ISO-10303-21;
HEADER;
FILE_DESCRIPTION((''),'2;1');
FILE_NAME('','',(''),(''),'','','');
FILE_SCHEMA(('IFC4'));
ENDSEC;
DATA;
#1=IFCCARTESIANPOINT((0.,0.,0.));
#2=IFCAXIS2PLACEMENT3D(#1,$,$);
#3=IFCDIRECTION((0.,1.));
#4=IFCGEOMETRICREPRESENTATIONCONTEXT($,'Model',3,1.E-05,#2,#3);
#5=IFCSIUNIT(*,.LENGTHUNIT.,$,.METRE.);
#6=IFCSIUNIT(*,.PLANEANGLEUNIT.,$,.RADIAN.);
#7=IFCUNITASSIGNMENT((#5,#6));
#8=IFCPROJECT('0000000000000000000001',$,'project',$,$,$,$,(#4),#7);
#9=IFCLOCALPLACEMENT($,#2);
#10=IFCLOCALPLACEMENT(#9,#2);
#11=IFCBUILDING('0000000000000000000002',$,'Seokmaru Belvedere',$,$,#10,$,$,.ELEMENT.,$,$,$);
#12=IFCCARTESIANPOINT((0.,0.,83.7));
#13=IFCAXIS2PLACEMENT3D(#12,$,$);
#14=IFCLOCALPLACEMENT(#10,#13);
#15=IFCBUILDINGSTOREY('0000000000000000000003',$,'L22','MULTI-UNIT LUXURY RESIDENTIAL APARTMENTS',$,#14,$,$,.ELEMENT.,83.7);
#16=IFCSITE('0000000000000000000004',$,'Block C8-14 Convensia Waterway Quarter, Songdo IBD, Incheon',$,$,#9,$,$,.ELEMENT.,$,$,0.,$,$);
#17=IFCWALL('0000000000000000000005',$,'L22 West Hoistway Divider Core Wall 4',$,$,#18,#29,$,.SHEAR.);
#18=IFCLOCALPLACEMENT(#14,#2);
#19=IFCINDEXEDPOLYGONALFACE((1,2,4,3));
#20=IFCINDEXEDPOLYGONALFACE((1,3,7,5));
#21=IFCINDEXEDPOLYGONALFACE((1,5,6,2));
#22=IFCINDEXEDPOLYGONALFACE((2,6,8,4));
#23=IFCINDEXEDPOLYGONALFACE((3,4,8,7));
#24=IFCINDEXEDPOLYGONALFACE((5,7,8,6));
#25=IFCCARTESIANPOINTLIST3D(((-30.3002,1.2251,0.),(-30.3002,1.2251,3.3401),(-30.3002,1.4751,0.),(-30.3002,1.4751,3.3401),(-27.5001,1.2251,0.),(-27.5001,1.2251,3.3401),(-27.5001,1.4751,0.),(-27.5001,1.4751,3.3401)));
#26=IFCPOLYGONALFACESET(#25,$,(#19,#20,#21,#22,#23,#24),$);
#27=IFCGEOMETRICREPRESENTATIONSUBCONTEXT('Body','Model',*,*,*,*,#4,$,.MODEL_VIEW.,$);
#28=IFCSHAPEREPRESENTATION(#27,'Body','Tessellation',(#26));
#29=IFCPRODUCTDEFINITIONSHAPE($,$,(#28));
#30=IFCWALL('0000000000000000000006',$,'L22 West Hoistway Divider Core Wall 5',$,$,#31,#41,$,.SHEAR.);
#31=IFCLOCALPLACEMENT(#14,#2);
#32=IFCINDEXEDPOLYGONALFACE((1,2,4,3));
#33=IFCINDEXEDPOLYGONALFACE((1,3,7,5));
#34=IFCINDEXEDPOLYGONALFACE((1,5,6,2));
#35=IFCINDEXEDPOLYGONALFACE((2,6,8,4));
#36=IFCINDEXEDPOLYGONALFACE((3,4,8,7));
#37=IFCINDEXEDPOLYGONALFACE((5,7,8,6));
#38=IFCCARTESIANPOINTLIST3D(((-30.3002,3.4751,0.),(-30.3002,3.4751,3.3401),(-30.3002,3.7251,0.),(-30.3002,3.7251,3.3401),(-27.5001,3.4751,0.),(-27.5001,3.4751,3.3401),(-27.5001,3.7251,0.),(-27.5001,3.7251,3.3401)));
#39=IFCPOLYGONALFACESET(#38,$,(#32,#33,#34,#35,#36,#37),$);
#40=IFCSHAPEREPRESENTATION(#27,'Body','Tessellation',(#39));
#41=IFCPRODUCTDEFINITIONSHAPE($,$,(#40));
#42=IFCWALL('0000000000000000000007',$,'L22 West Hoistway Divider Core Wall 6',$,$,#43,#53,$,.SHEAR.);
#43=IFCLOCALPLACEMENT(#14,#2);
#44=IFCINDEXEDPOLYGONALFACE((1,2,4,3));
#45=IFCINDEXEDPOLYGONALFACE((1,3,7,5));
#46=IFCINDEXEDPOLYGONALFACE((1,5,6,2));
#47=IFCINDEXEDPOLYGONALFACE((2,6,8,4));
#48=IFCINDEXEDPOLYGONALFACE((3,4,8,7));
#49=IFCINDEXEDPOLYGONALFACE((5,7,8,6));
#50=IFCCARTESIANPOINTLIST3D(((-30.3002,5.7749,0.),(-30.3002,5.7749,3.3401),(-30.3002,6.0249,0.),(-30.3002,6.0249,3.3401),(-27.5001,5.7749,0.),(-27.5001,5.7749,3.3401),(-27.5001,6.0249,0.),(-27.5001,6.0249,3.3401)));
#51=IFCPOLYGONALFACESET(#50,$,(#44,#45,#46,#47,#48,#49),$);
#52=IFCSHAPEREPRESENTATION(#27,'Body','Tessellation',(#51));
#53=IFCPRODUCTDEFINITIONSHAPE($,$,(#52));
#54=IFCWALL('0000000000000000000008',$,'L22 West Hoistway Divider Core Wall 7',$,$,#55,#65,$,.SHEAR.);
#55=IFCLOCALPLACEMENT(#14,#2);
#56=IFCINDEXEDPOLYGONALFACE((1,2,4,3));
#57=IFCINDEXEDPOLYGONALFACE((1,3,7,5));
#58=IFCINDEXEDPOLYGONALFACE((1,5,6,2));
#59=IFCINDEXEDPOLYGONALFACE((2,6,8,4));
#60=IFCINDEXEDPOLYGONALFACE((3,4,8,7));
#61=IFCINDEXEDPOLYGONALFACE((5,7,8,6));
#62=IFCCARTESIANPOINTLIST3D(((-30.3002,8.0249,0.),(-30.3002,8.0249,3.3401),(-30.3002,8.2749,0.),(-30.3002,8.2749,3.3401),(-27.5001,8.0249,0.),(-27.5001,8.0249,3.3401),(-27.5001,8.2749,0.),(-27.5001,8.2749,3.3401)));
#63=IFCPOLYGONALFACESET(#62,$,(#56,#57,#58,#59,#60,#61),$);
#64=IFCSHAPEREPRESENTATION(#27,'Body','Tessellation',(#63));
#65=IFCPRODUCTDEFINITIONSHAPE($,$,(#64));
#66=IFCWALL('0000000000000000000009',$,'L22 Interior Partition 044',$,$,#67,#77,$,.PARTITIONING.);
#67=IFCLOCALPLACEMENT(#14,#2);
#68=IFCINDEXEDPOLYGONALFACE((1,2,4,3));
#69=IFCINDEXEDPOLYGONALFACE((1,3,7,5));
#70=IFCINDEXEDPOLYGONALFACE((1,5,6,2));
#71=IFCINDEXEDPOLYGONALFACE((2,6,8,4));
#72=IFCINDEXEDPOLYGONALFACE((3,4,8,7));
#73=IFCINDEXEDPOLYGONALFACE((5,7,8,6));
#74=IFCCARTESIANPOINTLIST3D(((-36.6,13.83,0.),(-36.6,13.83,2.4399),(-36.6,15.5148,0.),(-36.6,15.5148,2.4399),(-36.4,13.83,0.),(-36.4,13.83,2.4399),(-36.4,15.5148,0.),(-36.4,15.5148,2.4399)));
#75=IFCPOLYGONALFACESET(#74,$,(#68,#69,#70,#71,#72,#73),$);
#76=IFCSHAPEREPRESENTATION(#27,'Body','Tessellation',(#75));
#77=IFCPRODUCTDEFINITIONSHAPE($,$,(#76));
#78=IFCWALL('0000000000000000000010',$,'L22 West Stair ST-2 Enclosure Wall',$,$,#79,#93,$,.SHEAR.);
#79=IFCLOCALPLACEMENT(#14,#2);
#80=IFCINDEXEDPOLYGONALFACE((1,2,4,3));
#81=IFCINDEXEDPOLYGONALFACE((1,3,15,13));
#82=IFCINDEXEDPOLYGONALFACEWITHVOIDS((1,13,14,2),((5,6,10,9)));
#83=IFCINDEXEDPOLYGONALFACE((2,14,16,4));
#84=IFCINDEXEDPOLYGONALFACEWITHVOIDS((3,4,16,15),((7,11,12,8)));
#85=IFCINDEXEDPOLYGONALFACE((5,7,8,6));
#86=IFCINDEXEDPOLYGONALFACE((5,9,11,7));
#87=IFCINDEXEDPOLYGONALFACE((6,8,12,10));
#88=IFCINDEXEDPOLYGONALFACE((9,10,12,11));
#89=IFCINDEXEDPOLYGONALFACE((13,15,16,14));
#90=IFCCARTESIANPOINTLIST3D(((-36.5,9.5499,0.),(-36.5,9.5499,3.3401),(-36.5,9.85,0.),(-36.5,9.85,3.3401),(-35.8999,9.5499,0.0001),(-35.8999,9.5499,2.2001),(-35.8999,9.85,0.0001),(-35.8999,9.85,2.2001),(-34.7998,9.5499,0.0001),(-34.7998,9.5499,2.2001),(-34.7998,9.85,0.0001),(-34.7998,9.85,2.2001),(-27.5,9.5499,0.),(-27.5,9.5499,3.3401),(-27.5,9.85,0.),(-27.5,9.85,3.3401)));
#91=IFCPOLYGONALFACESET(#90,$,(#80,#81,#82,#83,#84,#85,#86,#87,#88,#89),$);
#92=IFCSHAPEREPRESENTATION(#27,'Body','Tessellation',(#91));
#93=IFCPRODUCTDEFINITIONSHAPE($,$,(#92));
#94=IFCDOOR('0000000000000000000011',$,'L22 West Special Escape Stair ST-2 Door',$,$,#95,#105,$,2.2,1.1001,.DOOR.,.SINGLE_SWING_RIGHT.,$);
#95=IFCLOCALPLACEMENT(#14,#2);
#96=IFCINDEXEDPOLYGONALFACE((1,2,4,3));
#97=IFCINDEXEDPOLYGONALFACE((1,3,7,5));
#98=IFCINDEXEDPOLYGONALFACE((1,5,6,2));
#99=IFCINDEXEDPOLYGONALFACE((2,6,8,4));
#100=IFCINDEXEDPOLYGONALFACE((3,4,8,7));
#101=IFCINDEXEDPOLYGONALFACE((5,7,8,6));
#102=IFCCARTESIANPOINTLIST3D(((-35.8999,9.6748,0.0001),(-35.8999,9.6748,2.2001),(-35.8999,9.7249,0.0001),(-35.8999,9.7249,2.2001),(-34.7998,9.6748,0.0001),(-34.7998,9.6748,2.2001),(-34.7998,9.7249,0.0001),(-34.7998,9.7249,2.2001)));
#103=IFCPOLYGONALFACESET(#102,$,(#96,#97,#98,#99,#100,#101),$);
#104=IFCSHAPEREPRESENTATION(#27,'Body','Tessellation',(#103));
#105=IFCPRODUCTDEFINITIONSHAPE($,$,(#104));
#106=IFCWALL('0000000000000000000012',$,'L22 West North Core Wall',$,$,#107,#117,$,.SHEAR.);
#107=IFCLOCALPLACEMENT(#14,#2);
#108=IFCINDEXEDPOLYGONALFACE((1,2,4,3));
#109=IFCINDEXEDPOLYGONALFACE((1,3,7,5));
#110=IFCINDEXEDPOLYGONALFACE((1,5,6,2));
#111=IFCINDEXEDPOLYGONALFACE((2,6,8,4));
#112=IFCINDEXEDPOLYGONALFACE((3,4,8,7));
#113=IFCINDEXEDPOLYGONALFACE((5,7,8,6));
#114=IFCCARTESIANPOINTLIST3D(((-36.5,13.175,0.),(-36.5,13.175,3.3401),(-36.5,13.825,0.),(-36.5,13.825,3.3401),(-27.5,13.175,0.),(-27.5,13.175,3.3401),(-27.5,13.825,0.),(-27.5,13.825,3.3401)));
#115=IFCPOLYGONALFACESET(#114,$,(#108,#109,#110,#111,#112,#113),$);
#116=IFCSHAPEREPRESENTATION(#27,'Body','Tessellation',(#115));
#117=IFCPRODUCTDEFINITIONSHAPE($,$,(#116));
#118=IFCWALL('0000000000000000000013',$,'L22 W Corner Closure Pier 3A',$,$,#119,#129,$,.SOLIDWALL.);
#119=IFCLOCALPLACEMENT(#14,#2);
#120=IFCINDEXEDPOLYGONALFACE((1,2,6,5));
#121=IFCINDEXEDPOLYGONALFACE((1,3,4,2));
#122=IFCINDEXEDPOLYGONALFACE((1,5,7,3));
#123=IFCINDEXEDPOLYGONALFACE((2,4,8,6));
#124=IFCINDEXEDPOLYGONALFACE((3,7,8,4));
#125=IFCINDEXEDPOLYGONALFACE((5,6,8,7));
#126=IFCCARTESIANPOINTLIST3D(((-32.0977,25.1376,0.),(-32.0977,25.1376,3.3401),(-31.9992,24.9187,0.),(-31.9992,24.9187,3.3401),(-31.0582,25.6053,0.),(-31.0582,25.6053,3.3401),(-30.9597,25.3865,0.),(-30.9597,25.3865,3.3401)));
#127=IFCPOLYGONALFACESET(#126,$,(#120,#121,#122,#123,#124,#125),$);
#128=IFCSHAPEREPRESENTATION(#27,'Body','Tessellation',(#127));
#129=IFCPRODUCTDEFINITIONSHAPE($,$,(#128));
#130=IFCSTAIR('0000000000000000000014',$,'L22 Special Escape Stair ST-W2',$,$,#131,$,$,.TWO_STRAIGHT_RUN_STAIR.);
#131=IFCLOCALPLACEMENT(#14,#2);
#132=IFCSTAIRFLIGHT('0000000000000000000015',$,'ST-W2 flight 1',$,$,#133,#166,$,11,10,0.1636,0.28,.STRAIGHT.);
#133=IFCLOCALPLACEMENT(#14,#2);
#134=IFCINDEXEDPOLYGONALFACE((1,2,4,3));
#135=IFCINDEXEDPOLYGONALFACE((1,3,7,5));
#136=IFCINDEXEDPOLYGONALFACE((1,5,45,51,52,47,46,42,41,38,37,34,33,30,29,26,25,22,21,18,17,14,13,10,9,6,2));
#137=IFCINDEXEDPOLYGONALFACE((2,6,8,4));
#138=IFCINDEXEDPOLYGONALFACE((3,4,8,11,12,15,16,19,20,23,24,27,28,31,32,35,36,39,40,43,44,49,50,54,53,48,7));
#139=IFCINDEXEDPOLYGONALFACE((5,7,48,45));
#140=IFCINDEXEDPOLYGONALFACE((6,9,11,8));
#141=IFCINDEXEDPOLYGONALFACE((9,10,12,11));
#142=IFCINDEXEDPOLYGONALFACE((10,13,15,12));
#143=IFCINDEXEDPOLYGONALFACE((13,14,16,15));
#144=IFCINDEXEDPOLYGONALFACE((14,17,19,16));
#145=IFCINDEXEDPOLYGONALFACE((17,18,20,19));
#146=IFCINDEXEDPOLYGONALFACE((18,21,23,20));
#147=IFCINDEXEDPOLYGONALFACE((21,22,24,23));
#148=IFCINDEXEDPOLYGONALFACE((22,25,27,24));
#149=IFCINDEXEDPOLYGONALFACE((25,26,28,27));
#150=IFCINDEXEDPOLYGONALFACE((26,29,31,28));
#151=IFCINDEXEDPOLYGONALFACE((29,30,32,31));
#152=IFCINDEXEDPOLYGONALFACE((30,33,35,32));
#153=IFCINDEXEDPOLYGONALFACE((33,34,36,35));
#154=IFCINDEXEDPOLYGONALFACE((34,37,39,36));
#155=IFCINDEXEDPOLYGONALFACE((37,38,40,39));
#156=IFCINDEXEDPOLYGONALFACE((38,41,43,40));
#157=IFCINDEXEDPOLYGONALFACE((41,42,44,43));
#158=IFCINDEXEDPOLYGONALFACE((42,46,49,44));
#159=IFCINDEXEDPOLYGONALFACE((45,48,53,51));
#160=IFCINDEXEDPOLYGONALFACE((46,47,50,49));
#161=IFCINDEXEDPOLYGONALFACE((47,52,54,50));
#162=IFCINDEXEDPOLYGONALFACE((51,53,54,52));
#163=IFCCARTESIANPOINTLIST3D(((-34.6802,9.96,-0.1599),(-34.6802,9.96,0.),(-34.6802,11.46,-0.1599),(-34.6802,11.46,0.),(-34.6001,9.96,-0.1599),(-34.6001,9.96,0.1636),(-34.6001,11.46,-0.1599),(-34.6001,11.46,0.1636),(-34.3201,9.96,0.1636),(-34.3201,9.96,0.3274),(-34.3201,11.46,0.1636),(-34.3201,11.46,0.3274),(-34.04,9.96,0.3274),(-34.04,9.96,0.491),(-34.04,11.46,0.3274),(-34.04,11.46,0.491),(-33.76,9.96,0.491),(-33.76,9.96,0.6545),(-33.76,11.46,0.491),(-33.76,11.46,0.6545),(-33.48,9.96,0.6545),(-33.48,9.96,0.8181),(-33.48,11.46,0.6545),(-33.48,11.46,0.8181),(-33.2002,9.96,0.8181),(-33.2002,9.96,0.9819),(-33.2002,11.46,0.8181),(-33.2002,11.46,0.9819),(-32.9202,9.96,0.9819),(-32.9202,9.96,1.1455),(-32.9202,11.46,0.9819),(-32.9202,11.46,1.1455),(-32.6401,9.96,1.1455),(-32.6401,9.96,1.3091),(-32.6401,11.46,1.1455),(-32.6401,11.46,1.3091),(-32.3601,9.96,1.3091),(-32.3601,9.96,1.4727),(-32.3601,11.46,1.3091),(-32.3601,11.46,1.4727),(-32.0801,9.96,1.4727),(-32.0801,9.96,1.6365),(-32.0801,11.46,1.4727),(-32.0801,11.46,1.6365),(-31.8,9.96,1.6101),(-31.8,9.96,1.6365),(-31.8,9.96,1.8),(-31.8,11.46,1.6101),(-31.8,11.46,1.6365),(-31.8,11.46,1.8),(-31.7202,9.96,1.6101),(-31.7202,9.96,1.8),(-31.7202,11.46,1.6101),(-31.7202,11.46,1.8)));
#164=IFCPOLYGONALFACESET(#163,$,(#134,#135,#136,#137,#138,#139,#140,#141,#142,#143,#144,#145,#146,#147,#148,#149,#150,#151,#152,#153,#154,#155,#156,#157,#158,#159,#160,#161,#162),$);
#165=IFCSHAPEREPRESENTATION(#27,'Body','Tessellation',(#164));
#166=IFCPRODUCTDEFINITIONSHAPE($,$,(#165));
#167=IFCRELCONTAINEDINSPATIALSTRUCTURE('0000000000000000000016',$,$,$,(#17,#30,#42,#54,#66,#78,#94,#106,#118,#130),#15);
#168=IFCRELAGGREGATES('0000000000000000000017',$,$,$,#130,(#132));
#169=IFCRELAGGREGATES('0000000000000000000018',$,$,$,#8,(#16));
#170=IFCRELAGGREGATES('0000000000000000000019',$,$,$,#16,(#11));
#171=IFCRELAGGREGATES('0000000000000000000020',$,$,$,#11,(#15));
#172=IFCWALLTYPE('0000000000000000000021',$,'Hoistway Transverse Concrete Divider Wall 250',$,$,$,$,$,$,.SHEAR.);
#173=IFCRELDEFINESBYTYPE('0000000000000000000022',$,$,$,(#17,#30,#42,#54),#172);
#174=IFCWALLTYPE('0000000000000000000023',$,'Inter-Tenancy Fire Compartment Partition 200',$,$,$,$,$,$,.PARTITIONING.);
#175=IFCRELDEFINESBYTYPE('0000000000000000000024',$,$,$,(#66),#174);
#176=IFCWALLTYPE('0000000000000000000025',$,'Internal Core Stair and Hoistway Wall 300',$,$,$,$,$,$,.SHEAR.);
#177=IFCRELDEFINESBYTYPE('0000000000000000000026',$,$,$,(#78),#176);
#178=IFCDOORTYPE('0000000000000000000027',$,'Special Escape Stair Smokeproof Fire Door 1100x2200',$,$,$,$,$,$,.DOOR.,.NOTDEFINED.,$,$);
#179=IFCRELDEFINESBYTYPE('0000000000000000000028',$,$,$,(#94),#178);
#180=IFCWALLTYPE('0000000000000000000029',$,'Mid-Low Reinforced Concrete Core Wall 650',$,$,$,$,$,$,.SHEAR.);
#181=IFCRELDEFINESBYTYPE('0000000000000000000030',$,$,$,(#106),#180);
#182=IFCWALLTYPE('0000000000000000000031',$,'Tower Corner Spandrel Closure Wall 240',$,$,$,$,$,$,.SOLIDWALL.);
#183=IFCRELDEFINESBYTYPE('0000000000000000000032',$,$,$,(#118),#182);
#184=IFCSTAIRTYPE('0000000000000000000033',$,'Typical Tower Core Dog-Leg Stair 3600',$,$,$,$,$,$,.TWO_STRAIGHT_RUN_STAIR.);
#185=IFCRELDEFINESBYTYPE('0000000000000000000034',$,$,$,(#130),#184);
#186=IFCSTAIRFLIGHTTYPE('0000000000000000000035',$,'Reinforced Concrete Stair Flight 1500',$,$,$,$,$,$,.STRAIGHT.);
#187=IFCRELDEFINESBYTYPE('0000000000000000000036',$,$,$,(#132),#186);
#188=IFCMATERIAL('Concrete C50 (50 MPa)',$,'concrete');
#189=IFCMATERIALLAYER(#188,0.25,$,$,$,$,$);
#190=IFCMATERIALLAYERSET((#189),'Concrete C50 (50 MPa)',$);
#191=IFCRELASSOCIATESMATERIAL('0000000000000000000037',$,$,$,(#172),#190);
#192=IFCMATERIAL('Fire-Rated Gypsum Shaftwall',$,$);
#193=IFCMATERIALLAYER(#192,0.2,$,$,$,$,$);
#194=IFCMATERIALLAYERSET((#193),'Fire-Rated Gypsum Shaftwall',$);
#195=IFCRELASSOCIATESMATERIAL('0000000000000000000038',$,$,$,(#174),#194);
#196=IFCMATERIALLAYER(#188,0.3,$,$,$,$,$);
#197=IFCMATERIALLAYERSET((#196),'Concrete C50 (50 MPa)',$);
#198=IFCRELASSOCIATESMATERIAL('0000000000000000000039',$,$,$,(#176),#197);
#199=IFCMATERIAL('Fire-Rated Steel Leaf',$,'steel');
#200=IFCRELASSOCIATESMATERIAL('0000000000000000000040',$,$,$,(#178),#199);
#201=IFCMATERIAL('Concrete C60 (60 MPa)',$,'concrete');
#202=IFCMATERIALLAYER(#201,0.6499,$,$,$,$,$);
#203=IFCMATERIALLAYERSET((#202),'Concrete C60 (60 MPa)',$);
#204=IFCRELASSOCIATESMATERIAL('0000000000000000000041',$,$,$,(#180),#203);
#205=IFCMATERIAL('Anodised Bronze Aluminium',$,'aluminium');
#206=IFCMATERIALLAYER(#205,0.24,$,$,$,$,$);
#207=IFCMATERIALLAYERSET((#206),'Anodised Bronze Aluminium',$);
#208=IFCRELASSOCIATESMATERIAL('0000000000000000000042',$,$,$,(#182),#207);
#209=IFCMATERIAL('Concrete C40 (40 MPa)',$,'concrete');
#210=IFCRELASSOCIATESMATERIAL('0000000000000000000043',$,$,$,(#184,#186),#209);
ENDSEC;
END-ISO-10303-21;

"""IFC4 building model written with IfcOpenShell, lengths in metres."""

from ifc_helpers import new_model, si_unit, direction, frame, frame_2d, origin, place, context, subcontext, project, spatial, polyline, rectangle, outline, extrude, source, transform, mapped, material, layer, layer_set, type_object, type_shapes, element, fill, aggregate, save


model = new_model("IFC4")

# Units and contexts
model_context = context("Model", 3, precision=1e-05, world=origin(), true_north=direction((0.0, 1.0)))
body_context = subcontext(model_context, "Body", "Model", "MODEL_VIEW")
ifc_project = project(units=[si_unit("LENGTHUNIT", "METRE"), si_unit("PLANEANGLEUNIT", "RADIAN")], contexts=[model_context])

# Site, building, storey
site_placement = place(None, origin())
site = spatial("IfcSite", under=ifc_project, at=site_placement, Name="Block C8-14 Convensia Waterway Quarter, Songdo IBD, Incheon", CompositionType="ELEMENT", RefElevation=0.0)
building_placement = place(site_placement, origin())
building = spatial("IfcBuilding", under=site, at=building_placement, Name="Seokmaru Belvedere", CompositionType="ELEMENT")
storey_placement = place(building_placement, frame((0.0, 0.0, 83.7)))
storey = spatial("IfcBuildingStorey", under=building, at=storey_placement, Name="L22", Description="MULTI-UNIT LUXURY RESIDENTIAL APARTMENTS", CompositionType="ELEMENT", Elevation=83.7)

# Shared definitions
ifc_material_1 = material(Name="Anodised Bronze Aluminium", Category="aluminium")

# Shared definitions
ifc_material_2 = material(Name="Fire-Rated Gypsum Shaftwall")

# Shared definitions
ifc_material_3 = material(Name="Fire-Rated Steel Leaf", Category="steel")

# Walls
ifc_material_4 = material(Name="Concrete C50 (50 MPa)", Category="concrete")
ifc_layer_1 = layer(ifc_material_4, 0.25)
ifc_layer_set_1 = layer_set([ifc_layer_1], Name="Concrete C50 (50 MPa)")
wall_type_1 = type_object("IfcWallType", Name="Hoistway Transverse Concrete Divider Wall 250", PredefinedType="SHEAR", material=ifc_layer_set_1)
for number, where, z_axis, x_axis, name in (
    (1, (-30.3, 1.3501, 0.0), (0.0, 0.0, 1.0), (1.0, 0.0, 0.0), "L22 West Hoistway Divider Core Wall 4"),
    (2, (-30.3, 3.6001, 0.0), (0.0, 0.0, 1.0), (1.0, 0.0, 0.0), "L22 West Hoistway Divider Core Wall 5"),
    (3, (-30.3, 5.8999, 0.0), (0.0, 0.0, 1.0), (1.0, 0.0, 0.0), "L22 West Hoistway Divider Core Wall 6"),
    (4, (-30.3, 8.1499, 0.0), (0.0, 0.0, 1.0), (1.0, 0.0, 0.0), "L22 West Hoistway Divider Core Wall 7"),
):
    element("IfcWall", number, at=place(storey_placement, frame(where, z_axis=z_axis, x_axis=x_axis)), inside=storey, type_object=wall_type_1, Name=name, PredefinedType="SHEAR", context=body_context, shape_type="SweptSolid", body=[
        extrude(rectangle(XDim=2.8, YDim=0.25, at=frame_2d((1.3999, 0.0))), origin(), (0.0, 0.0, 1.0), 3.3401),
    ])
ifc_layer_2 = layer(ifc_material_2, 0.2)
ifc_layer_set_2 = layer_set([ifc_layer_2], Name="Fire-Rated Gypsum Shaftwall")
wall_type_2 = type_object("IfcWallType", Name="Inter-Tenancy Fire Compartment Partition 200", PredefinedType="PARTITIONING", material=ifc_layer_set_2)
wall_1_placement = place(storey_placement, frame((-36.5, 13.8301, 0.0), z_axis=(0.0, 0.0, 1.0), x_axis=(0.0, 1.0, 0.0)))
element("IfcWall", 5, at=wall_1_placement, inside=storey, type_object=wall_type_2, Name="L22 Interior Partition 044", PredefinedType="PARTITIONING", context=body_context, shape_type="SweptSolid", body=[
    extrude(rectangle(XDim=1.6848, YDim=0.2, at=frame_2d((0.8423, 0.0))), origin(), (0.0, 0.0, 1.0), 2.4399),
])

# Wall, opening, door
ifc_layer_3 = layer(ifc_material_4, 0.3)
ifc_layer_set_3 = layer_set([ifc_layer_3], Name="Concrete C50 (50 MPa)")
wall_type_3 = type_object("IfcWallType", Name="Internal Core Stair and Hoistway Wall 300", PredefinedType="SHEAR", material=ifc_layer_set_3)
wall_2_placement = place(storey_placement, frame((-36.5, 9.7, 0.0), z_axis=(0.0, 0.0, 1.0), x_axis=(1.0, 0.0, 0.0)))
wall_2 = element("IfcWall", 6, at=wall_2_placement, inside=storey, type_object=wall_type_3, Name="L22 West Stair ST-2 Enclosure Wall", PredefinedType="SHEAR", context=body_context, shape_type="SweptSolid", body=[
    extrude(rectangle(XDim=9.0, YDim=0.3, at=frame_2d((4.5, 0.0))), origin(), (0.0, 0.0, 1.0), 3.3401),
])
opening_1_placement = place(wall_2_placement, frame((0.6001, 0.0, 0.0)))
opening_1 = element("IfcOpeningElement", 7, at=opening_1_placement, cuts=wall_2, PredefinedType="OPENING", context=body_context, shape_type="SweptSolid", body=[
    extrude(rectangle(XDim=1.1001, YDim=2.2, at=frame_2d((0.55, 1.1001))), frame((0.0, 0.1602, 0.0), z_axis=(0.0, -1.0, 0.0), x_axis=(1.0, 0.0, 0.0)), (0.0, 0.0, 1.0), 0.3201),
])
door_type_1 = type_object("IfcDoorType", Name="Special Escape Stair Smokeproof Fire Door 1100x2200", OperationType="NOTDEFINED", PredefinedType="DOOR", material=ifc_material_3)
shared_shape_1 = source(origin(), body_context, "Body", "SweptSolid", [
    extrude(rectangle(XDim=1.1001, YDim=2.2, at=frame_2d((0.55, 1.1001))), frame((0.0, 0.0249, 0.0), z_axis=(0.0, -1.0, 0.0), x_axis=(1.0, 0.0, 0.0)), (0.0, 0.0, 1.0), 0.05),
])
type_shapes(door_type_1, [shared_shape_1])
door_1_placement = place(opening_1_placement, origin())
door_1 = element("IfcDoor", 8, at=door_1_placement, inside=storey, type_object=door_type_1, Name="L22 West Special Escape Stair ST-2 Door", OperationType="SINGLE_SWING_RIGHT", OverallHeight=2.2, OverallWidth=1.1001, PredefinedType="DOOR", context=body_context, shape_type="MappedRepresentation", body=[
    mapped(shared_shape_1, transform((0.0, 0.0, 0.0), scale=1.0)),
])
fill(opening_1, door_1)

# Wall
ifc_material_5 = material(Name="Concrete C60 (60 MPa)", Category="concrete")
ifc_layer_4 = layer(ifc_material_5, 0.6499)
ifc_layer_set_4 = layer_set([ifc_layer_4], Name="Concrete C60 (60 MPa)")
wall_type_4 = type_object("IfcWallType", Name="Mid-Low Reinforced Concrete Core Wall 650", PredefinedType="SHEAR", material=ifc_layer_set_4)
wall_3_placement = place(storey_placement, frame((-36.5, 13.5, 0.0), z_axis=(0.0, 0.0, 1.0), x_axis=(1.0, 0.0, 0.0)))
element("IfcWall", 9, at=wall_3_placement, inside=storey, type_object=wall_type_4, Name="L22 West North Core Wall", PredefinedType="SHEAR", context=body_context, shape_type="SweptSolid", body=[
    extrude(rectangle(XDim=9.0, YDim=0.6499, at=frame_2d((4.5, 0.0))), origin(), (0.0, 0.0, 1.0), 3.3401),
])

# Wall
ifc_layer_5 = layer(ifc_material_1, 0.24)
ifc_layer_set_5 = layer_set([ifc_layer_5], Name="Anodised Bronze Aluminium")
wall_type_5 = type_object("IfcWallType", Name="Tower Corner Spandrel Closure Wall 240", PredefinedType="SOLIDWALL", material=ifc_layer_set_5)
wall_4_placement = place(storey_placement, frame((-31.009, 25.4958, 0.0), z_axis=(0.0, 0.0, 1.0), x_axis=(-0.91193, -0.410347, 0.0)))
element("IfcWall", 10, at=wall_4_placement, inside=storey, type_object=wall_type_5, Name="L22 W Corner Closure Pier 3A", PredefinedType="SOLIDWALL", context=body_context, shape_type="SweptSolid", body=[
    extrude(rectangle(XDim=1.1399, YDim=0.24, at=frame_2d((0.5698, 0.0))), origin(), (0.0, 0.0, 1.0), 3.3401),
])

# Stair, stair flight
ifc_material_6 = material(Name="Concrete C40 (40 MPa)", Category="concrete")
stair_type = type_object("IfcStairType", Name="Typical Tower Core Dog-Leg Stair 3600", PredefinedType="TWO_STRAIGHT_RUN_STAIR", material=ifc_material_6)
stair_placement = place(storey_placement, origin())
stair = element("IfcStair", 11, at=stair_placement, inside=storey, type_object=stair_type, Name="L22 Special Escape Stair ST-W2", PredefinedType="TWO_STRAIGHT_RUN_STAIR")
stair_flight_type = type_object("IfcStairFlightType", Name="Reinforced Concrete Stair Flight 1500", PredefinedType="STRAIGHT", material=ifc_material_6)
stair_flight_1_placement = place(storey_placement, frame((-34.6001, 10.71, 0.0), z_axis=(0.0, 0.0, 1.0), x_axis=(1.0, 0.0, 0.0)))
stair_flight_1 = element("IfcStairFlight", 12, at=stair_flight_1_placement, type_object=stair_flight_type, Name="ST-W2 flight 1", NumberOfRisers=11, NumberOfTreads=10, PredefinedType="STRAIGHT", RiserHeight=0.1636, TreadLength=0.28, context=body_context, shape_type="SweptSolid", body=[
    extrude(outline(polyline([(-0.0801, 0.0), (0.0, 0.1636), (0.28, 0.1636), (0.28, 0.3274), (0.5601, 0.3274), (0.5601, 0.491), (0.8401, 0.491), (0.8401, 0.6545), (1.1201, 0.6545), (1.1201, 0.8181), (1.3999, 0.8181), (1.3999, 0.9819), (1.6799, 0.9819), (1.6799, 1.1455), (1.96, 1.1455), (1.96, 1.3091), (2.24, 1.3091), (2.24, 1.4727), (2.52, 1.4727), (2.52, 1.6365), (2.8, 1.6365), (2.8, 1.8), (2.8799, 1.8), (2.8799, 1.6101), (2.8, 1.6101), (0.0, -0.1599), (-0.0801, -0.1599), (-0.0801, 0.0)])), frame((0.0, 0.75, 0.0), z_axis=(0.0, -1.0, 0.0), x_axis=(1.0, 0.0, 0.0)), (0.0, 0.0, 1.0), 1.5),
])
aggregate(stair, [stair_flight_1])

save(model, "model.ifc")
